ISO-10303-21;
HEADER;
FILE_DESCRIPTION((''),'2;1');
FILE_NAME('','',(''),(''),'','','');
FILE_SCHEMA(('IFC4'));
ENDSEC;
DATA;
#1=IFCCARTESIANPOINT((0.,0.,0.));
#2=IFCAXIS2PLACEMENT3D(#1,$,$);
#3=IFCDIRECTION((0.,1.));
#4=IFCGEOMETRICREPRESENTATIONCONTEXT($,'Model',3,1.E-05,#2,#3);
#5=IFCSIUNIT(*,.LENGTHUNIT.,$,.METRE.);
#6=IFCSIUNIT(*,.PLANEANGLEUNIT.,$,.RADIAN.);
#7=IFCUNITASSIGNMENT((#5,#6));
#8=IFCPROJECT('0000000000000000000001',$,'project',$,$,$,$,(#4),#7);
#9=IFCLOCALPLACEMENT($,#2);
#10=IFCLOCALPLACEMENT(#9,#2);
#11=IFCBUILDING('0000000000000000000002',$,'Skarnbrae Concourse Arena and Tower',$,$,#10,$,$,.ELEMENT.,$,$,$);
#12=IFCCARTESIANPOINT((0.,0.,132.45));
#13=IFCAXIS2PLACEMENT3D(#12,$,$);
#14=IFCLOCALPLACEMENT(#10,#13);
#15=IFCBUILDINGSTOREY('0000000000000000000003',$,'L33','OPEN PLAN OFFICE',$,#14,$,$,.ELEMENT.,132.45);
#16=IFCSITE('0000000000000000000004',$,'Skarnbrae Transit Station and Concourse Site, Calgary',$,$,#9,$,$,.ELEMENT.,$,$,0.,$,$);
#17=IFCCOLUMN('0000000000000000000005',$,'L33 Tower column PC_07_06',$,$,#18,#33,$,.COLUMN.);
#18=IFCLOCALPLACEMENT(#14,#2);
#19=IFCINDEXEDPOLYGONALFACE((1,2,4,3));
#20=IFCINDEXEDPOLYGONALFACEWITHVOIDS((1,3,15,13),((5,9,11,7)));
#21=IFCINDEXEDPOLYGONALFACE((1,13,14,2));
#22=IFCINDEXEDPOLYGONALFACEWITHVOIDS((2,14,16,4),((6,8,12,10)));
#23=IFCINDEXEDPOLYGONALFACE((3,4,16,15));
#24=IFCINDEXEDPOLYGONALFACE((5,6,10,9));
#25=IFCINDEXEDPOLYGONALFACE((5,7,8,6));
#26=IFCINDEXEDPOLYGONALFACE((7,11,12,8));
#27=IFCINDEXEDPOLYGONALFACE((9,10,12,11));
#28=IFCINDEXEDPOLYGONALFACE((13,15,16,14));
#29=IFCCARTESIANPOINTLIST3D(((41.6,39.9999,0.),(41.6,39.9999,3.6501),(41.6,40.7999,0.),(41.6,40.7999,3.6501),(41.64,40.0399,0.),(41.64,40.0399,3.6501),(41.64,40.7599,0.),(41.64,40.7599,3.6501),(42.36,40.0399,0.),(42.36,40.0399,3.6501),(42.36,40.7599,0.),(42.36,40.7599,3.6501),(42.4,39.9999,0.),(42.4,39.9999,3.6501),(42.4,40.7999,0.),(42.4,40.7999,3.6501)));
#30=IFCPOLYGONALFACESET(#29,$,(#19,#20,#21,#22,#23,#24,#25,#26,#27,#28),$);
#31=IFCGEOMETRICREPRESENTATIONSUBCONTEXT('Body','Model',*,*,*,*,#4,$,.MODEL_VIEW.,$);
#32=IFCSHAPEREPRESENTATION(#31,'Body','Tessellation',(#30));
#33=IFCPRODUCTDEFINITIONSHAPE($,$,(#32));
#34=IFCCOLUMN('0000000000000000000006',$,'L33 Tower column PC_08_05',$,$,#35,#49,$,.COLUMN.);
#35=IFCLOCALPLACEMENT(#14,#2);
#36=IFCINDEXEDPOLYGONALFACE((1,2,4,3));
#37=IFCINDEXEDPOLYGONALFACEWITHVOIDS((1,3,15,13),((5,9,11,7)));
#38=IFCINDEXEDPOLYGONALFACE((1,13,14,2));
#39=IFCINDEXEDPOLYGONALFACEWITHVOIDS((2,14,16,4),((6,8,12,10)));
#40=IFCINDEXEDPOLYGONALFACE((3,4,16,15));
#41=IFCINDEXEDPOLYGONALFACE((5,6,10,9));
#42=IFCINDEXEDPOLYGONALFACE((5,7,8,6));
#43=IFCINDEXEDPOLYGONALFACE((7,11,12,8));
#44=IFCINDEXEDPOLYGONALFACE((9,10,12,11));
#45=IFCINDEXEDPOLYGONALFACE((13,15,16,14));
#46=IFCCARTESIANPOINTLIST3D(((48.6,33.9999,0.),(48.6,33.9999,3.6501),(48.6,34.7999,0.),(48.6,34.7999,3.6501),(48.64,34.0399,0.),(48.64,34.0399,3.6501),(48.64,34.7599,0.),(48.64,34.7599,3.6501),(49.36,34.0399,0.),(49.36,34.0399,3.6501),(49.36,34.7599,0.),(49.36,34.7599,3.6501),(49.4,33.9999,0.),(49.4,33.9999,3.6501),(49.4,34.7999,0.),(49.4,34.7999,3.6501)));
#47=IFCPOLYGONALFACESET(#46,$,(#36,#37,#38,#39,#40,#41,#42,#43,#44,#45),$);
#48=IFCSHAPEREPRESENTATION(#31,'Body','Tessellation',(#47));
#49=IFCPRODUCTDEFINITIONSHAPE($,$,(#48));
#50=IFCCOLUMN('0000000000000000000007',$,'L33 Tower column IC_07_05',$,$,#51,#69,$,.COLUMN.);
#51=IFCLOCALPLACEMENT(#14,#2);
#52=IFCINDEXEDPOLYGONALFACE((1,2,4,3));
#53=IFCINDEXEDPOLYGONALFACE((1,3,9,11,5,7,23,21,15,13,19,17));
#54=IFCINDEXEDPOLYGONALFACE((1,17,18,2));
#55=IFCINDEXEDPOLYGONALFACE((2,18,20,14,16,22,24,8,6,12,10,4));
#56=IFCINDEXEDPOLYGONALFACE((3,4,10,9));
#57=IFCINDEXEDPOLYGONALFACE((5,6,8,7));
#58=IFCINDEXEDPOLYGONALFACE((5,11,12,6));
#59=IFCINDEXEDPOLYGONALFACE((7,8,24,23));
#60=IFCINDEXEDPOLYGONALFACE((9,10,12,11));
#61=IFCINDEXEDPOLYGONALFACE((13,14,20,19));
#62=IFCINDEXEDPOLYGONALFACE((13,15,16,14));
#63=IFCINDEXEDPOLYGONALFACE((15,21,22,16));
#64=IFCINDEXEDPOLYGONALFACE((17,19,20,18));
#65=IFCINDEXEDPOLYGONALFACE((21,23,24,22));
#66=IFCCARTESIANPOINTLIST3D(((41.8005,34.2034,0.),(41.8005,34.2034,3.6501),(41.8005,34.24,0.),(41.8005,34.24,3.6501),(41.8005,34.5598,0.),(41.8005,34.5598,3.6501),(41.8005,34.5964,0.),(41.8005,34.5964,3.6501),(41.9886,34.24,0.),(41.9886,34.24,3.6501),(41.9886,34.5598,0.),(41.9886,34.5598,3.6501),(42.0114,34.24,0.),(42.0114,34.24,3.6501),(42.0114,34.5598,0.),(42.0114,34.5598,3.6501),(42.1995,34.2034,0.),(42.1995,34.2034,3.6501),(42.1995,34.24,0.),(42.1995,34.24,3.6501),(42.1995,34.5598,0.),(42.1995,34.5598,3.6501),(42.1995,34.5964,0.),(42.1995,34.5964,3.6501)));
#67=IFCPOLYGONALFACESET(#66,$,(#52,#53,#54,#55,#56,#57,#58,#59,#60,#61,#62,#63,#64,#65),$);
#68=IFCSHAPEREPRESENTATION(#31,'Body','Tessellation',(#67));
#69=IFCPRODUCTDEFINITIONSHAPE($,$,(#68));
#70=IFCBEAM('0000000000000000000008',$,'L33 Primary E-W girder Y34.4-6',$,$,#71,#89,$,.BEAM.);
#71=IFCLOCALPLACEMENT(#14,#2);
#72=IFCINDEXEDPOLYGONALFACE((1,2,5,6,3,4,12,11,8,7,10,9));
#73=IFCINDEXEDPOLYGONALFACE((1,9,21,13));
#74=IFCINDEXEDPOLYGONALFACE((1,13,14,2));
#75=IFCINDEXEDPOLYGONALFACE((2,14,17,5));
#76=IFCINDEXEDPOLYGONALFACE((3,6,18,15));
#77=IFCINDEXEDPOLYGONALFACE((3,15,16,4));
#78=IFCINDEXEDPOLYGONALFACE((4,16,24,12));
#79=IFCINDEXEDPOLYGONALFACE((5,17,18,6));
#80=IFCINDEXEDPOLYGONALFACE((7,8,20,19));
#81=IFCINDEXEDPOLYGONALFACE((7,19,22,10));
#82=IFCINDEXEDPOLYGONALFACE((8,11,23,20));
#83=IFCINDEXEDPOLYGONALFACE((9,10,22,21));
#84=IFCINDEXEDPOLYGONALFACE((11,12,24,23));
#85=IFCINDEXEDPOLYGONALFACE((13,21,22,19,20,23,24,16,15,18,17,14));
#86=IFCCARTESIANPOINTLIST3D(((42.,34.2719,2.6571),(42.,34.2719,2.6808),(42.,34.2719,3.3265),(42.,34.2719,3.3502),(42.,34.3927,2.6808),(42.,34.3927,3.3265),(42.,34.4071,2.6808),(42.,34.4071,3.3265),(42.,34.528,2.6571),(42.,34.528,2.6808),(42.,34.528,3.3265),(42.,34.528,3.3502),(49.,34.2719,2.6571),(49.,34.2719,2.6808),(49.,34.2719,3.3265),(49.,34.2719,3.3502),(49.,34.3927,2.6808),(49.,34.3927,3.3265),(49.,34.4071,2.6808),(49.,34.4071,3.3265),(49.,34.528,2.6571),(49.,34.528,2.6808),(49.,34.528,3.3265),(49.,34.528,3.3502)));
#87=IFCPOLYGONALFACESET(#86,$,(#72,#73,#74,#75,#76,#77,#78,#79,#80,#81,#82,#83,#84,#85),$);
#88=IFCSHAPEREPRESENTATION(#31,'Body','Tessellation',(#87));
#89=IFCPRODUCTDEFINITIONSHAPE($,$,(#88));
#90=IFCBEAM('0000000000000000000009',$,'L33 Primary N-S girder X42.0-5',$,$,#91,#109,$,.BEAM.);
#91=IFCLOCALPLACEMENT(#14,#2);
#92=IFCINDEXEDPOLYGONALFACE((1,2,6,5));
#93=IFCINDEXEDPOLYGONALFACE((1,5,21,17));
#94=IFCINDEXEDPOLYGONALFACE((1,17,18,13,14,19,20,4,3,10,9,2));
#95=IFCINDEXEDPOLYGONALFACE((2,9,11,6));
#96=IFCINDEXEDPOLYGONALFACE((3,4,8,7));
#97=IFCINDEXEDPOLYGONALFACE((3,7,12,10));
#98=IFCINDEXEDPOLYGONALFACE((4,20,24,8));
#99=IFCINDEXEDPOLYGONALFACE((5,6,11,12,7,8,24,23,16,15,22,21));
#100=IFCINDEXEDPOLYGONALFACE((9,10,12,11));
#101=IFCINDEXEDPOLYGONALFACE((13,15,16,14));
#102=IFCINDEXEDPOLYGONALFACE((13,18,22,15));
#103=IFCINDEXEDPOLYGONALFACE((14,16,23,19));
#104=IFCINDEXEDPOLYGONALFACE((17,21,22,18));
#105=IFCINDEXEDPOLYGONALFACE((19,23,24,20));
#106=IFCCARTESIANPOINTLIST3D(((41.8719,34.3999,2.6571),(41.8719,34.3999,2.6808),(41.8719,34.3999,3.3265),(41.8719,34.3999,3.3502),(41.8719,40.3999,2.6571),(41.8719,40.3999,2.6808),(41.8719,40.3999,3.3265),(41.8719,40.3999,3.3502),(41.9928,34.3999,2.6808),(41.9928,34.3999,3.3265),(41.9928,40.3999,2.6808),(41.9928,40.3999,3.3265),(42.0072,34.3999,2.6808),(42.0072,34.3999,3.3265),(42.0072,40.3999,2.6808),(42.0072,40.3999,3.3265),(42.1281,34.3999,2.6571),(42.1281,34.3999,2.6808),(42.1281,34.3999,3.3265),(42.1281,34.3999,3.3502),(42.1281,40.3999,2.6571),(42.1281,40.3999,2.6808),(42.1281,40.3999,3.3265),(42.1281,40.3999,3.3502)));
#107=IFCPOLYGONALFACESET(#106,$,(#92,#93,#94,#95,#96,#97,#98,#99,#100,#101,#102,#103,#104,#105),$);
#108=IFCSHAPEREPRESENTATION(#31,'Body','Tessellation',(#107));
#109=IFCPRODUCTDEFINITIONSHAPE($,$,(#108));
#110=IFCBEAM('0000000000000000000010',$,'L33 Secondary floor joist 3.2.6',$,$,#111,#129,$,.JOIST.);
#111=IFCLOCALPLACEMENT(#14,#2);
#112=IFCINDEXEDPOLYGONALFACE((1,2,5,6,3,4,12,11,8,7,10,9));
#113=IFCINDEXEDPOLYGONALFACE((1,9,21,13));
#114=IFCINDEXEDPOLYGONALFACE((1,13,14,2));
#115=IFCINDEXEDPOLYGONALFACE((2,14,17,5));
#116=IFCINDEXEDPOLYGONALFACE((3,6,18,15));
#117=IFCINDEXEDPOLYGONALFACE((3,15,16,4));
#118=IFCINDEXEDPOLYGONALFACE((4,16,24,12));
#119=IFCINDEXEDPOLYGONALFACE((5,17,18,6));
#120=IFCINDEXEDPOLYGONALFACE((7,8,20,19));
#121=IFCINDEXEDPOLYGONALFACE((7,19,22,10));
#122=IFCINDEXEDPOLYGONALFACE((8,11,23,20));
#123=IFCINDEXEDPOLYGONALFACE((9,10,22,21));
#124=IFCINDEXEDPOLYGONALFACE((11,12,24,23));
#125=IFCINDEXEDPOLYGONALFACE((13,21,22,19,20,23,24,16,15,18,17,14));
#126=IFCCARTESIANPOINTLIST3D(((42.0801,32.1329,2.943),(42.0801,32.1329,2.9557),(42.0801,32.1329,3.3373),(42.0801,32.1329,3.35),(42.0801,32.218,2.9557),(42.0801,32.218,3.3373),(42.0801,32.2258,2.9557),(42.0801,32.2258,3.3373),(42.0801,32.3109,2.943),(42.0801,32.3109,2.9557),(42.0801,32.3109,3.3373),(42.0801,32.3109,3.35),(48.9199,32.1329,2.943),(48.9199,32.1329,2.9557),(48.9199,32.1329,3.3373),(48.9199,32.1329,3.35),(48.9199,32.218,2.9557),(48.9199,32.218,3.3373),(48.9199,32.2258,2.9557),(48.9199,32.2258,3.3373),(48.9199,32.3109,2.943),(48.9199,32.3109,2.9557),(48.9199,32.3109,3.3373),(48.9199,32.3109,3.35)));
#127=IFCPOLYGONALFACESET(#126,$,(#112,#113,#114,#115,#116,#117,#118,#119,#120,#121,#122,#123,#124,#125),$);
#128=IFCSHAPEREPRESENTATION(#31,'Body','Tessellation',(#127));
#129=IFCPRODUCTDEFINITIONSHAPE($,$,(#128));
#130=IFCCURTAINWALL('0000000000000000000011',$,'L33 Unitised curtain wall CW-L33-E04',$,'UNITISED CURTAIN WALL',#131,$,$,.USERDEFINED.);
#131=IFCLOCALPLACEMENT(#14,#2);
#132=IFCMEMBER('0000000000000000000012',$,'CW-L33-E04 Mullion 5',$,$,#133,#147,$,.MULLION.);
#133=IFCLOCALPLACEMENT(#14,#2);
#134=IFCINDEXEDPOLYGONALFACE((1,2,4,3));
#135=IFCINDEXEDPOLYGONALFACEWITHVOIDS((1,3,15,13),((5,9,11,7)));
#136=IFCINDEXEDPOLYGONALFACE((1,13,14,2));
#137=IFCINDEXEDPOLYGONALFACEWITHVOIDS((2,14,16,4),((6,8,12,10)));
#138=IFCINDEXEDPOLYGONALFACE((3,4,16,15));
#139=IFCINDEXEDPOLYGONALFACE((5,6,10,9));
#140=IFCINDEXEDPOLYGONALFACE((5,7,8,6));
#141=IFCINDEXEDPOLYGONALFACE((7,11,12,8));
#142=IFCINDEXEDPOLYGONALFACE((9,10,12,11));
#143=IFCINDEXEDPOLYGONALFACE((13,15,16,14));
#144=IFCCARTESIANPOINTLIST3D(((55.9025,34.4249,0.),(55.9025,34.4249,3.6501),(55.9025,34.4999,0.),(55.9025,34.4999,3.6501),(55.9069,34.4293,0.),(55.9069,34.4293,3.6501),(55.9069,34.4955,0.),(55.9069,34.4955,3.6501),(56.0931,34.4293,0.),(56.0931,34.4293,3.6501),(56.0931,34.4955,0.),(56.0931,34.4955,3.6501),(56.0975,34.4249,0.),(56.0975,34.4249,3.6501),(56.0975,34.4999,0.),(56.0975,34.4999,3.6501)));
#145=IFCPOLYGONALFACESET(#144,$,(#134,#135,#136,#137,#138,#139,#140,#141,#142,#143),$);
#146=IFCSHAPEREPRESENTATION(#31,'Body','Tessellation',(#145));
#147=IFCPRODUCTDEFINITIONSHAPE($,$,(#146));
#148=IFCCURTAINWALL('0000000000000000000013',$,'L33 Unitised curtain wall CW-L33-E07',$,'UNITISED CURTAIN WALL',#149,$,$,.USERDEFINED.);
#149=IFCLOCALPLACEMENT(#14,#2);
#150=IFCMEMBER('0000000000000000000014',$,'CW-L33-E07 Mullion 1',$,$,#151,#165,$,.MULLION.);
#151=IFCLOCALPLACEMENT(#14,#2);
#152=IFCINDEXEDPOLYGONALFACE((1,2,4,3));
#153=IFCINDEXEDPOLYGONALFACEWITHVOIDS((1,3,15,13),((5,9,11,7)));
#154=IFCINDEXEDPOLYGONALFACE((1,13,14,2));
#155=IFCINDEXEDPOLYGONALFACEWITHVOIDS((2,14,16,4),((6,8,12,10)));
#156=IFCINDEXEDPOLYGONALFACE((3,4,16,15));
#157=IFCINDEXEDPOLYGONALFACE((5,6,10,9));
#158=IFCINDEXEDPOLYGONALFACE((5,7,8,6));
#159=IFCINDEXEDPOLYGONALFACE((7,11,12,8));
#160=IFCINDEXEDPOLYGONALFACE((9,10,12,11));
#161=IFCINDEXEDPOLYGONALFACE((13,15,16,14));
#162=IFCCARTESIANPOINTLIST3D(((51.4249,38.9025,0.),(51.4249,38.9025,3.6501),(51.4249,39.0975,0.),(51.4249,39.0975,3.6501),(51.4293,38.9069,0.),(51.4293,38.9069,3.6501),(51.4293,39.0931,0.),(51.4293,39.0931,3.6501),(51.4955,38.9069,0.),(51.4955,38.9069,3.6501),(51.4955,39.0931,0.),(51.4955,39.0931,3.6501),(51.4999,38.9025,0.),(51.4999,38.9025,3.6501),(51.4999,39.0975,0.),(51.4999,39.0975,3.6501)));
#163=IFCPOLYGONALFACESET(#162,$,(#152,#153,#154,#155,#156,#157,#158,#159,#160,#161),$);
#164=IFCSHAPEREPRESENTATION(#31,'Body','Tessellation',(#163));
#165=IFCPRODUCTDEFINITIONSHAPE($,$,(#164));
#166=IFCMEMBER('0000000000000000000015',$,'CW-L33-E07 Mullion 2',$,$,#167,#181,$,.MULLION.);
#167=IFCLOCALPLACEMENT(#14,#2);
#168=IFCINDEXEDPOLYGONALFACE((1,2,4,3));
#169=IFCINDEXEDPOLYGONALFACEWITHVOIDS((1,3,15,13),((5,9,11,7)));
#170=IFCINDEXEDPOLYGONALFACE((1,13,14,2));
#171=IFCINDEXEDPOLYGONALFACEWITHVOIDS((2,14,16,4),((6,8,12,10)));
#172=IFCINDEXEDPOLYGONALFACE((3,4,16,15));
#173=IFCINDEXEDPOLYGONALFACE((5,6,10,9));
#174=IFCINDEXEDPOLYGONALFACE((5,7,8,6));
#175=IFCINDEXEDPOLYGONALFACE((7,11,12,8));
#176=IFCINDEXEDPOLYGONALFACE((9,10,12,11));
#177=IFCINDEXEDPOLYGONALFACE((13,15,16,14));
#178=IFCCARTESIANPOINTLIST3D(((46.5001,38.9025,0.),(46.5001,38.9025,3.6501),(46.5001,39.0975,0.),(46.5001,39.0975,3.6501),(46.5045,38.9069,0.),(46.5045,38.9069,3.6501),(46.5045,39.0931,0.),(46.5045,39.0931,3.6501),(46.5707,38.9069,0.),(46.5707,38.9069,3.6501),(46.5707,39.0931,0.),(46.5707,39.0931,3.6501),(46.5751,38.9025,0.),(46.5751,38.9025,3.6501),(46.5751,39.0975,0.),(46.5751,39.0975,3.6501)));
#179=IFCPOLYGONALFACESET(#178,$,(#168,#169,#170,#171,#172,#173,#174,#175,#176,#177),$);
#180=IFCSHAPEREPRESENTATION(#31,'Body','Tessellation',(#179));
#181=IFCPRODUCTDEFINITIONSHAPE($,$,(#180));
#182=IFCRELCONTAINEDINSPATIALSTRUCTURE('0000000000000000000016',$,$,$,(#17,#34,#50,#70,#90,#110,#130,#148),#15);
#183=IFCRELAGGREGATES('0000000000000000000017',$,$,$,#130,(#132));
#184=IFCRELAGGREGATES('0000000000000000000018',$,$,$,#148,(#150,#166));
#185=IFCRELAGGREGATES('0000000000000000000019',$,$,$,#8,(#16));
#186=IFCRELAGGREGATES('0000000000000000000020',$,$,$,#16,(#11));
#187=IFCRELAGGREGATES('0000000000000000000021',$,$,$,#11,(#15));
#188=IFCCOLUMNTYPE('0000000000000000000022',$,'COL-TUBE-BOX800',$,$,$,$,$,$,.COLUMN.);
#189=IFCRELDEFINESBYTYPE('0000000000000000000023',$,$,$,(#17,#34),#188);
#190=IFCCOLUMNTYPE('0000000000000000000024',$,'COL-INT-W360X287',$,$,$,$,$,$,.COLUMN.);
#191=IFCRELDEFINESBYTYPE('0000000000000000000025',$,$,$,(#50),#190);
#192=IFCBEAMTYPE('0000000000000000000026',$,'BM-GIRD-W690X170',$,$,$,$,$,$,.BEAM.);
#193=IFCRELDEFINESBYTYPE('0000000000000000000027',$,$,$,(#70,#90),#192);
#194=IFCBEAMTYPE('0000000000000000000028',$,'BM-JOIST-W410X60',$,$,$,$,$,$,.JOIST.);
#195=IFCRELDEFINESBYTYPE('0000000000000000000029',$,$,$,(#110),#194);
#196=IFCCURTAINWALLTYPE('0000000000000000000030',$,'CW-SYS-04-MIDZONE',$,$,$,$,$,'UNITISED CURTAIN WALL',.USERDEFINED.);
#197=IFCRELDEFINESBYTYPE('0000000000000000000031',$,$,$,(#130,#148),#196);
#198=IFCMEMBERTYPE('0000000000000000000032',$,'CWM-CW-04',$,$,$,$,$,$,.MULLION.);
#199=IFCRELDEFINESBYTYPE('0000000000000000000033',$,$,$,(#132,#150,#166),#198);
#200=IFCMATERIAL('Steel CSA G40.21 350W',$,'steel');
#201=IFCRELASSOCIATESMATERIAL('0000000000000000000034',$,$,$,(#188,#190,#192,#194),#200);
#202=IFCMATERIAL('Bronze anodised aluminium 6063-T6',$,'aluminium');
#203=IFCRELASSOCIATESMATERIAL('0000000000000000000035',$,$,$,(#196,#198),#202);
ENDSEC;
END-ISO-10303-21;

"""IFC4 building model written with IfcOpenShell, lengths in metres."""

from ifc_helpers import new_model, si_unit, direction, frame, origin, origin_2d, place, context, subcontext, project, spatial, hollow_rectangle, i_section, extrude, source, transform, mapped, material, material_profile, profile_set, type_object, element, aggregate, save


model = new_model("IFC4")

# Units and contexts
model_context = context("Model", 3, precision=1e-05, world=origin(), true_north=direction((0.0, 1.0)))
body_context = subcontext(model_context, "Body", "Model", "MODEL_VIEW")
ifc_project = project(units=[si_unit("LENGTHUNIT", "METRE"), si_unit("PLANEANGLEUNIT", "RADIAN")], contexts=[model_context])

# Site, building, storey
site_placement = place(None, origin())
site = spatial("IfcSite", under=ifc_project, at=site_placement, Name="Skarnbrae Transit Station and Concourse Site, Calgary", CompositionType="ELEMENT", RefElevation=0.0)
building_placement = place(site_placement, origin())
building = spatial("IfcBuilding", under=site, at=building_placement, Name="Skarnbrae Concourse Arena and Tower", CompositionType="ELEMENT")
storey_placement = place(building_placement, frame((0.0, 0.0, 132.45)))
storey = spatial("IfcBuildingStorey", under=building, at=storey_placement, Name="L33", Description="OPEN PLAN OFFICE", CompositionType="ELEMENT", Elevation=132.45)

# Columns
ifc_material_1 = material(Name="Steel CSA G40.21 350W", Category="steel")
ifc_material_profile_1 = material_profile(ifc_material_1, hollow_rectangle(XDim=0.8, YDim=0.8, WallThickness=0.04, at=origin_2d()), Name="BOX800X800X40")
ifc_profile_set_1 = profile_set([ifc_material_profile_1], Name="Steel CSA G40.21 350W")
column_type_1 = type_object("IfcColumnType", Name="COL-TUBE-BOX800", PredefinedType="COLUMN", material=ifc_profile_set_1)
shared_shape_1 = source(origin(), body_context, "Body", "SweptSolid", [
    extrude(hollow_rectangle(XDim=0.8, YDim=0.8, WallThickness=0.04, at=origin_2d()), origin(), (0.0, 0.0, 1.0), 3.6501),
])
for number, where, z_axis, x_axis, name in (
    (1, (42.0, 40.3999, 0.0), (0.0, 0.0, 1.0), (1.0, 0.0, 0.0), "L33 Tower column PC_07_06"),
    (2, (49.0, 34.3999, 0.0), (0.0, 0.0, 1.0), (1.0, 0.0, 0.0), "L33 Tower column PC_08_05"),
):
    element("IfcColumn", number, at=place(storey_placement, frame(where, z_axis=z_axis, x_axis=x_axis)), inside=storey, type_object=column_type_1, Name=name, PredefinedType="COLUMN", context=body_context, shape_type="MappedRepresentation", body=[
        mapped(shared_shape_1, transform((0.0, 0.0, 0.0))),
    ])
ifc_material_profile_2 = material_profile(ifc_material_1, i_section(OverallWidth=0.3989, OverallDepth=0.3931, WebThickness=0.0227, FlangeThickness=0.0366, at=origin_2d()), Name="W360X287")
ifc_profile_set_2 = profile_set([ifc_material_profile_2], Name="Steel CSA G40.21 350W")
column_type_2 = type_object("IfcColumnType", Name="COL-INT-W360X287", PredefinedType="COLUMN", material=ifc_profile_set_2)
shared_shape_2 = source(origin(), body_context, "Body", "SweptSolid", [
    extrude(i_section(OverallWidth=0.3989, OverallDepth=0.3931, WebThickness=0.0227, FlangeThickness=0.0366, at=origin_2d()), origin(), (0.0, 0.0, 1.0), 3.6501),
])
column_placement = place(storey_placement, frame((42.0, 34.3999, 0.0), z_axis=(0.0, 0.0, 1.0), x_axis=(1.0, 0.0, 0.0)))
element("IfcColumn", 3, at=column_placement, inside=storey, type_object=column_type_2, Name="L33 Tower column IC_07_05", PredefinedType="COLUMN", context=body_context, shape_type="MappedRepresentation", body=[
    mapped(shared_shape_2, transform((0.0, 0.0, 0.0))),
])

# Beams
ifc_material_profile_3 = material_profile(ifc_material_1, i_section(OverallWidth=0.2561, OverallDepth=0.6931, WebThickness=0.0144, FlangeThickness=0.0237, at=origin_2d()), Name="W690X170")
ifc_profile_set_3 = profile_set([ifc_material_profile_3], Name="Steel CSA G40.21 350W")
beam_type_1 = type_object("IfcBeamType", Name="BM-GIRD-W690X170", PredefinedType="BEAM", material=ifc_profile_set_3)
shared_shape_3 = source(origin(), body_context, "Body", "SweptSolid", [
    extrude(i_section(OverallWidth=0.2561, OverallDepth=0.6931, WebThickness=0.0144, FlangeThickness=0.0237, at=origin_2d()), origin(), (0.0, 0.0, 1.0), 7.0),
])
beam_1_placement = place(storey_placement, frame((42.0, 34.3999, 3.0037), z_axis=(1.0, 0.0, 0.0), x_axis=(0.0, 1.0, 0.0)))
element("IfcBeam", 4, at=beam_1_placement, inside=storey, type_object=beam_type_1, Name="L33 Primary E-W girder Y34.4-6", PredefinedType="BEAM", context=body_context, shape_type="MappedRepresentation", body=[
    mapped(shared_shape_3, transform((0.0, 0.0, 0.0))),
])
shared_shape_4 = source(origin(), body_context, "Body", "SweptSolid", [
    extrude(i_section(OverallWidth=0.2561, OverallDepth=0.6931, WebThickness=0.0144, FlangeThickness=0.0237, at=origin_2d()), origin(), (0.0, 0.0, 1.0), 6.0),
])
beam_2_placement = place(storey_placement, frame((42.0, 34.3999, 3.0037), z_axis=(0.0, 1.0, 0.0), x_axis=(-1.0, 0.0, 0.0)))
element("IfcBeam", 5, at=beam_2_placement, inside=storey, type_object=beam_type_1, Name="L33 Primary N-S girder X42.0-5", PredefinedType="BEAM", context=body_context, shape_type="MappedRepresentation", body=[
    mapped(shared_shape_4, transform((0.0, 0.0, 0.0))),
])
ifc_material_profile_4 = material_profile(ifc_material_1, i_section(OverallWidth=0.178, OverallDepth=0.407, WebThickness=0.0078, FlangeThickness=0.0127, at=origin_2d()), Name="W410X60")
ifc_profile_set_4 = profile_set([ifc_material_profile_4], Name="Steel CSA G40.21 350W")
beam_type_2 = type_object("IfcBeamType", Name="BM-JOIST-W410X60", PredefinedType="JOIST", material=ifc_profile_set_4)
shared_shape_5 = source(origin(), body_context, "Body", "SweptSolid", [
    extrude(i_section(OverallWidth=0.178, OverallDepth=0.407, WebThickness=0.0078, FlangeThickness=0.0127, at=origin_2d()), origin(), (0.0, 0.0, 1.0), 6.8398),
])
beam_3_placement = place(storey_placement, frame((42.0801, 32.2219, 3.1465), z_axis=(1.0, 0.0, 0.0), x_axis=(0.0, 1.0, 0.0)))
element("IfcBeam", 6, at=beam_3_placement, inside=storey, type_object=beam_type_2, Name="L33 Secondary floor joist 3.2.6", PredefinedType="JOIST", context=body_context, shape_type="MappedRepresentation", body=[
    mapped(shared_shape_5, transform((0.0, 0.0, 0.0))),
])

# Curtain wall, member
ifc_material_2 = material(Name="Bronze anodised aluminium 6063-T6", Category="aluminium")
curtain_wall_type = type_object("IfcCurtainWallType", Name="CW-SYS-04-MIDZONE", ElementType="UNITISED CURTAIN WALL", PredefinedType="USERDEFINED", material=ifc_material_2)
curtain_wall_1_placement = place(storey_placement, origin())
curtain_wall_1 = element("IfcCurtainWall", 7, at=curtain_wall_1_placement, inside=storey, type_object=curtain_wall_type, Name="L33 Unitised curtain wall CW-L33-E04", ObjectType="UNITISED CURTAIN WALL", PredefinedType="USERDEFINED")
ifc_material_profile_5 = material_profile(ifc_material_2, hollow_rectangle(XDim=0.075, YDim=0.1951, WallThickness=0.0044, at=origin_2d()), Name="ALU-MULL-75X195")
ifc_profile_set_5 = profile_set([ifc_material_profile_5], Name="Bronze anodised aluminium 6063-T6")
member_type_1 = type_object("IfcMemberType", Name="CWM-CW-04", PredefinedType="MULLION", material=ifc_profile_set_5)
shared_shape_6 = source(origin(), body_context, "Body", "SweptSolid", [
    extrude(hollow_rectangle(XDim=0.075, YDim=0.1951, WallThickness=0.0044, at=origin_2d()), origin(), (0.0, 0.0, 1.0), 3.6501),
])
member_1_placement = place(storey_placement, frame((56.0, 34.4624, 0.0), z_axis=(0.0, 0.0, 1.0), x_axis=(0.0, 1.0, 0.0)))
member_1 = element("IfcMember", 8, at=member_1_placement, type_object=member_type_1, Name="CW-L33-E04 Mullion 5", PredefinedType="MULLION", context=body_context, shape_type="MappedRepresentation", body=[
    mapped(shared_shape_6, transform((0.0, 0.0, 0.0))),
])
aggregate(curtain_wall_1, [member_1])

# Curtain wall, members
curtain_wall_2_placement = place(storey_placement, origin())
curtain_wall_2 = element("IfcCurtainWall", 9, at=curtain_wall_2_placement, inside=storey, type_object=curtain_wall_type, Name="L33 Unitised curtain wall CW-L33-E07", ObjectType="UNITISED CURTAIN WALL", PredefinedType="USERDEFINED")
member_2_placement = place(storey_placement, frame((51.4624, 39.0, 0.0), z_axis=(0.0, 0.0, 1.0), x_axis=(-1.0, 0.0, 0.0)))
member_2 = element("IfcMember", 10, at=member_2_placement, type_object=member_type_1, Name="CW-L33-E07 Mullion 1", PredefinedType="MULLION", context=body_context, shape_type="MappedRepresentation", body=[
    mapped(shared_shape_6, transform((0.0, 0.0, 0.0))),
])
member_3_placement = place(storey_placement, frame((46.5376, 39.0, 0.0), z_axis=(0.0, 0.0, 1.0), x_axis=(-1.0, 0.0, 0.0)))
member_3 = element("IfcMember", 11, at=member_3_placement, type_object=member_type_1, Name="CW-L33-E07 Mullion 2", PredefinedType="MULLION", context=body_context, shape_type="MappedRepresentation", body=[
    mapped(shared_shape_6, transform((0.0, 0.0, 0.0))),
])

aggregate(curtain_wall_2, [member_2, member_3])

save(model, "model.ifc")
